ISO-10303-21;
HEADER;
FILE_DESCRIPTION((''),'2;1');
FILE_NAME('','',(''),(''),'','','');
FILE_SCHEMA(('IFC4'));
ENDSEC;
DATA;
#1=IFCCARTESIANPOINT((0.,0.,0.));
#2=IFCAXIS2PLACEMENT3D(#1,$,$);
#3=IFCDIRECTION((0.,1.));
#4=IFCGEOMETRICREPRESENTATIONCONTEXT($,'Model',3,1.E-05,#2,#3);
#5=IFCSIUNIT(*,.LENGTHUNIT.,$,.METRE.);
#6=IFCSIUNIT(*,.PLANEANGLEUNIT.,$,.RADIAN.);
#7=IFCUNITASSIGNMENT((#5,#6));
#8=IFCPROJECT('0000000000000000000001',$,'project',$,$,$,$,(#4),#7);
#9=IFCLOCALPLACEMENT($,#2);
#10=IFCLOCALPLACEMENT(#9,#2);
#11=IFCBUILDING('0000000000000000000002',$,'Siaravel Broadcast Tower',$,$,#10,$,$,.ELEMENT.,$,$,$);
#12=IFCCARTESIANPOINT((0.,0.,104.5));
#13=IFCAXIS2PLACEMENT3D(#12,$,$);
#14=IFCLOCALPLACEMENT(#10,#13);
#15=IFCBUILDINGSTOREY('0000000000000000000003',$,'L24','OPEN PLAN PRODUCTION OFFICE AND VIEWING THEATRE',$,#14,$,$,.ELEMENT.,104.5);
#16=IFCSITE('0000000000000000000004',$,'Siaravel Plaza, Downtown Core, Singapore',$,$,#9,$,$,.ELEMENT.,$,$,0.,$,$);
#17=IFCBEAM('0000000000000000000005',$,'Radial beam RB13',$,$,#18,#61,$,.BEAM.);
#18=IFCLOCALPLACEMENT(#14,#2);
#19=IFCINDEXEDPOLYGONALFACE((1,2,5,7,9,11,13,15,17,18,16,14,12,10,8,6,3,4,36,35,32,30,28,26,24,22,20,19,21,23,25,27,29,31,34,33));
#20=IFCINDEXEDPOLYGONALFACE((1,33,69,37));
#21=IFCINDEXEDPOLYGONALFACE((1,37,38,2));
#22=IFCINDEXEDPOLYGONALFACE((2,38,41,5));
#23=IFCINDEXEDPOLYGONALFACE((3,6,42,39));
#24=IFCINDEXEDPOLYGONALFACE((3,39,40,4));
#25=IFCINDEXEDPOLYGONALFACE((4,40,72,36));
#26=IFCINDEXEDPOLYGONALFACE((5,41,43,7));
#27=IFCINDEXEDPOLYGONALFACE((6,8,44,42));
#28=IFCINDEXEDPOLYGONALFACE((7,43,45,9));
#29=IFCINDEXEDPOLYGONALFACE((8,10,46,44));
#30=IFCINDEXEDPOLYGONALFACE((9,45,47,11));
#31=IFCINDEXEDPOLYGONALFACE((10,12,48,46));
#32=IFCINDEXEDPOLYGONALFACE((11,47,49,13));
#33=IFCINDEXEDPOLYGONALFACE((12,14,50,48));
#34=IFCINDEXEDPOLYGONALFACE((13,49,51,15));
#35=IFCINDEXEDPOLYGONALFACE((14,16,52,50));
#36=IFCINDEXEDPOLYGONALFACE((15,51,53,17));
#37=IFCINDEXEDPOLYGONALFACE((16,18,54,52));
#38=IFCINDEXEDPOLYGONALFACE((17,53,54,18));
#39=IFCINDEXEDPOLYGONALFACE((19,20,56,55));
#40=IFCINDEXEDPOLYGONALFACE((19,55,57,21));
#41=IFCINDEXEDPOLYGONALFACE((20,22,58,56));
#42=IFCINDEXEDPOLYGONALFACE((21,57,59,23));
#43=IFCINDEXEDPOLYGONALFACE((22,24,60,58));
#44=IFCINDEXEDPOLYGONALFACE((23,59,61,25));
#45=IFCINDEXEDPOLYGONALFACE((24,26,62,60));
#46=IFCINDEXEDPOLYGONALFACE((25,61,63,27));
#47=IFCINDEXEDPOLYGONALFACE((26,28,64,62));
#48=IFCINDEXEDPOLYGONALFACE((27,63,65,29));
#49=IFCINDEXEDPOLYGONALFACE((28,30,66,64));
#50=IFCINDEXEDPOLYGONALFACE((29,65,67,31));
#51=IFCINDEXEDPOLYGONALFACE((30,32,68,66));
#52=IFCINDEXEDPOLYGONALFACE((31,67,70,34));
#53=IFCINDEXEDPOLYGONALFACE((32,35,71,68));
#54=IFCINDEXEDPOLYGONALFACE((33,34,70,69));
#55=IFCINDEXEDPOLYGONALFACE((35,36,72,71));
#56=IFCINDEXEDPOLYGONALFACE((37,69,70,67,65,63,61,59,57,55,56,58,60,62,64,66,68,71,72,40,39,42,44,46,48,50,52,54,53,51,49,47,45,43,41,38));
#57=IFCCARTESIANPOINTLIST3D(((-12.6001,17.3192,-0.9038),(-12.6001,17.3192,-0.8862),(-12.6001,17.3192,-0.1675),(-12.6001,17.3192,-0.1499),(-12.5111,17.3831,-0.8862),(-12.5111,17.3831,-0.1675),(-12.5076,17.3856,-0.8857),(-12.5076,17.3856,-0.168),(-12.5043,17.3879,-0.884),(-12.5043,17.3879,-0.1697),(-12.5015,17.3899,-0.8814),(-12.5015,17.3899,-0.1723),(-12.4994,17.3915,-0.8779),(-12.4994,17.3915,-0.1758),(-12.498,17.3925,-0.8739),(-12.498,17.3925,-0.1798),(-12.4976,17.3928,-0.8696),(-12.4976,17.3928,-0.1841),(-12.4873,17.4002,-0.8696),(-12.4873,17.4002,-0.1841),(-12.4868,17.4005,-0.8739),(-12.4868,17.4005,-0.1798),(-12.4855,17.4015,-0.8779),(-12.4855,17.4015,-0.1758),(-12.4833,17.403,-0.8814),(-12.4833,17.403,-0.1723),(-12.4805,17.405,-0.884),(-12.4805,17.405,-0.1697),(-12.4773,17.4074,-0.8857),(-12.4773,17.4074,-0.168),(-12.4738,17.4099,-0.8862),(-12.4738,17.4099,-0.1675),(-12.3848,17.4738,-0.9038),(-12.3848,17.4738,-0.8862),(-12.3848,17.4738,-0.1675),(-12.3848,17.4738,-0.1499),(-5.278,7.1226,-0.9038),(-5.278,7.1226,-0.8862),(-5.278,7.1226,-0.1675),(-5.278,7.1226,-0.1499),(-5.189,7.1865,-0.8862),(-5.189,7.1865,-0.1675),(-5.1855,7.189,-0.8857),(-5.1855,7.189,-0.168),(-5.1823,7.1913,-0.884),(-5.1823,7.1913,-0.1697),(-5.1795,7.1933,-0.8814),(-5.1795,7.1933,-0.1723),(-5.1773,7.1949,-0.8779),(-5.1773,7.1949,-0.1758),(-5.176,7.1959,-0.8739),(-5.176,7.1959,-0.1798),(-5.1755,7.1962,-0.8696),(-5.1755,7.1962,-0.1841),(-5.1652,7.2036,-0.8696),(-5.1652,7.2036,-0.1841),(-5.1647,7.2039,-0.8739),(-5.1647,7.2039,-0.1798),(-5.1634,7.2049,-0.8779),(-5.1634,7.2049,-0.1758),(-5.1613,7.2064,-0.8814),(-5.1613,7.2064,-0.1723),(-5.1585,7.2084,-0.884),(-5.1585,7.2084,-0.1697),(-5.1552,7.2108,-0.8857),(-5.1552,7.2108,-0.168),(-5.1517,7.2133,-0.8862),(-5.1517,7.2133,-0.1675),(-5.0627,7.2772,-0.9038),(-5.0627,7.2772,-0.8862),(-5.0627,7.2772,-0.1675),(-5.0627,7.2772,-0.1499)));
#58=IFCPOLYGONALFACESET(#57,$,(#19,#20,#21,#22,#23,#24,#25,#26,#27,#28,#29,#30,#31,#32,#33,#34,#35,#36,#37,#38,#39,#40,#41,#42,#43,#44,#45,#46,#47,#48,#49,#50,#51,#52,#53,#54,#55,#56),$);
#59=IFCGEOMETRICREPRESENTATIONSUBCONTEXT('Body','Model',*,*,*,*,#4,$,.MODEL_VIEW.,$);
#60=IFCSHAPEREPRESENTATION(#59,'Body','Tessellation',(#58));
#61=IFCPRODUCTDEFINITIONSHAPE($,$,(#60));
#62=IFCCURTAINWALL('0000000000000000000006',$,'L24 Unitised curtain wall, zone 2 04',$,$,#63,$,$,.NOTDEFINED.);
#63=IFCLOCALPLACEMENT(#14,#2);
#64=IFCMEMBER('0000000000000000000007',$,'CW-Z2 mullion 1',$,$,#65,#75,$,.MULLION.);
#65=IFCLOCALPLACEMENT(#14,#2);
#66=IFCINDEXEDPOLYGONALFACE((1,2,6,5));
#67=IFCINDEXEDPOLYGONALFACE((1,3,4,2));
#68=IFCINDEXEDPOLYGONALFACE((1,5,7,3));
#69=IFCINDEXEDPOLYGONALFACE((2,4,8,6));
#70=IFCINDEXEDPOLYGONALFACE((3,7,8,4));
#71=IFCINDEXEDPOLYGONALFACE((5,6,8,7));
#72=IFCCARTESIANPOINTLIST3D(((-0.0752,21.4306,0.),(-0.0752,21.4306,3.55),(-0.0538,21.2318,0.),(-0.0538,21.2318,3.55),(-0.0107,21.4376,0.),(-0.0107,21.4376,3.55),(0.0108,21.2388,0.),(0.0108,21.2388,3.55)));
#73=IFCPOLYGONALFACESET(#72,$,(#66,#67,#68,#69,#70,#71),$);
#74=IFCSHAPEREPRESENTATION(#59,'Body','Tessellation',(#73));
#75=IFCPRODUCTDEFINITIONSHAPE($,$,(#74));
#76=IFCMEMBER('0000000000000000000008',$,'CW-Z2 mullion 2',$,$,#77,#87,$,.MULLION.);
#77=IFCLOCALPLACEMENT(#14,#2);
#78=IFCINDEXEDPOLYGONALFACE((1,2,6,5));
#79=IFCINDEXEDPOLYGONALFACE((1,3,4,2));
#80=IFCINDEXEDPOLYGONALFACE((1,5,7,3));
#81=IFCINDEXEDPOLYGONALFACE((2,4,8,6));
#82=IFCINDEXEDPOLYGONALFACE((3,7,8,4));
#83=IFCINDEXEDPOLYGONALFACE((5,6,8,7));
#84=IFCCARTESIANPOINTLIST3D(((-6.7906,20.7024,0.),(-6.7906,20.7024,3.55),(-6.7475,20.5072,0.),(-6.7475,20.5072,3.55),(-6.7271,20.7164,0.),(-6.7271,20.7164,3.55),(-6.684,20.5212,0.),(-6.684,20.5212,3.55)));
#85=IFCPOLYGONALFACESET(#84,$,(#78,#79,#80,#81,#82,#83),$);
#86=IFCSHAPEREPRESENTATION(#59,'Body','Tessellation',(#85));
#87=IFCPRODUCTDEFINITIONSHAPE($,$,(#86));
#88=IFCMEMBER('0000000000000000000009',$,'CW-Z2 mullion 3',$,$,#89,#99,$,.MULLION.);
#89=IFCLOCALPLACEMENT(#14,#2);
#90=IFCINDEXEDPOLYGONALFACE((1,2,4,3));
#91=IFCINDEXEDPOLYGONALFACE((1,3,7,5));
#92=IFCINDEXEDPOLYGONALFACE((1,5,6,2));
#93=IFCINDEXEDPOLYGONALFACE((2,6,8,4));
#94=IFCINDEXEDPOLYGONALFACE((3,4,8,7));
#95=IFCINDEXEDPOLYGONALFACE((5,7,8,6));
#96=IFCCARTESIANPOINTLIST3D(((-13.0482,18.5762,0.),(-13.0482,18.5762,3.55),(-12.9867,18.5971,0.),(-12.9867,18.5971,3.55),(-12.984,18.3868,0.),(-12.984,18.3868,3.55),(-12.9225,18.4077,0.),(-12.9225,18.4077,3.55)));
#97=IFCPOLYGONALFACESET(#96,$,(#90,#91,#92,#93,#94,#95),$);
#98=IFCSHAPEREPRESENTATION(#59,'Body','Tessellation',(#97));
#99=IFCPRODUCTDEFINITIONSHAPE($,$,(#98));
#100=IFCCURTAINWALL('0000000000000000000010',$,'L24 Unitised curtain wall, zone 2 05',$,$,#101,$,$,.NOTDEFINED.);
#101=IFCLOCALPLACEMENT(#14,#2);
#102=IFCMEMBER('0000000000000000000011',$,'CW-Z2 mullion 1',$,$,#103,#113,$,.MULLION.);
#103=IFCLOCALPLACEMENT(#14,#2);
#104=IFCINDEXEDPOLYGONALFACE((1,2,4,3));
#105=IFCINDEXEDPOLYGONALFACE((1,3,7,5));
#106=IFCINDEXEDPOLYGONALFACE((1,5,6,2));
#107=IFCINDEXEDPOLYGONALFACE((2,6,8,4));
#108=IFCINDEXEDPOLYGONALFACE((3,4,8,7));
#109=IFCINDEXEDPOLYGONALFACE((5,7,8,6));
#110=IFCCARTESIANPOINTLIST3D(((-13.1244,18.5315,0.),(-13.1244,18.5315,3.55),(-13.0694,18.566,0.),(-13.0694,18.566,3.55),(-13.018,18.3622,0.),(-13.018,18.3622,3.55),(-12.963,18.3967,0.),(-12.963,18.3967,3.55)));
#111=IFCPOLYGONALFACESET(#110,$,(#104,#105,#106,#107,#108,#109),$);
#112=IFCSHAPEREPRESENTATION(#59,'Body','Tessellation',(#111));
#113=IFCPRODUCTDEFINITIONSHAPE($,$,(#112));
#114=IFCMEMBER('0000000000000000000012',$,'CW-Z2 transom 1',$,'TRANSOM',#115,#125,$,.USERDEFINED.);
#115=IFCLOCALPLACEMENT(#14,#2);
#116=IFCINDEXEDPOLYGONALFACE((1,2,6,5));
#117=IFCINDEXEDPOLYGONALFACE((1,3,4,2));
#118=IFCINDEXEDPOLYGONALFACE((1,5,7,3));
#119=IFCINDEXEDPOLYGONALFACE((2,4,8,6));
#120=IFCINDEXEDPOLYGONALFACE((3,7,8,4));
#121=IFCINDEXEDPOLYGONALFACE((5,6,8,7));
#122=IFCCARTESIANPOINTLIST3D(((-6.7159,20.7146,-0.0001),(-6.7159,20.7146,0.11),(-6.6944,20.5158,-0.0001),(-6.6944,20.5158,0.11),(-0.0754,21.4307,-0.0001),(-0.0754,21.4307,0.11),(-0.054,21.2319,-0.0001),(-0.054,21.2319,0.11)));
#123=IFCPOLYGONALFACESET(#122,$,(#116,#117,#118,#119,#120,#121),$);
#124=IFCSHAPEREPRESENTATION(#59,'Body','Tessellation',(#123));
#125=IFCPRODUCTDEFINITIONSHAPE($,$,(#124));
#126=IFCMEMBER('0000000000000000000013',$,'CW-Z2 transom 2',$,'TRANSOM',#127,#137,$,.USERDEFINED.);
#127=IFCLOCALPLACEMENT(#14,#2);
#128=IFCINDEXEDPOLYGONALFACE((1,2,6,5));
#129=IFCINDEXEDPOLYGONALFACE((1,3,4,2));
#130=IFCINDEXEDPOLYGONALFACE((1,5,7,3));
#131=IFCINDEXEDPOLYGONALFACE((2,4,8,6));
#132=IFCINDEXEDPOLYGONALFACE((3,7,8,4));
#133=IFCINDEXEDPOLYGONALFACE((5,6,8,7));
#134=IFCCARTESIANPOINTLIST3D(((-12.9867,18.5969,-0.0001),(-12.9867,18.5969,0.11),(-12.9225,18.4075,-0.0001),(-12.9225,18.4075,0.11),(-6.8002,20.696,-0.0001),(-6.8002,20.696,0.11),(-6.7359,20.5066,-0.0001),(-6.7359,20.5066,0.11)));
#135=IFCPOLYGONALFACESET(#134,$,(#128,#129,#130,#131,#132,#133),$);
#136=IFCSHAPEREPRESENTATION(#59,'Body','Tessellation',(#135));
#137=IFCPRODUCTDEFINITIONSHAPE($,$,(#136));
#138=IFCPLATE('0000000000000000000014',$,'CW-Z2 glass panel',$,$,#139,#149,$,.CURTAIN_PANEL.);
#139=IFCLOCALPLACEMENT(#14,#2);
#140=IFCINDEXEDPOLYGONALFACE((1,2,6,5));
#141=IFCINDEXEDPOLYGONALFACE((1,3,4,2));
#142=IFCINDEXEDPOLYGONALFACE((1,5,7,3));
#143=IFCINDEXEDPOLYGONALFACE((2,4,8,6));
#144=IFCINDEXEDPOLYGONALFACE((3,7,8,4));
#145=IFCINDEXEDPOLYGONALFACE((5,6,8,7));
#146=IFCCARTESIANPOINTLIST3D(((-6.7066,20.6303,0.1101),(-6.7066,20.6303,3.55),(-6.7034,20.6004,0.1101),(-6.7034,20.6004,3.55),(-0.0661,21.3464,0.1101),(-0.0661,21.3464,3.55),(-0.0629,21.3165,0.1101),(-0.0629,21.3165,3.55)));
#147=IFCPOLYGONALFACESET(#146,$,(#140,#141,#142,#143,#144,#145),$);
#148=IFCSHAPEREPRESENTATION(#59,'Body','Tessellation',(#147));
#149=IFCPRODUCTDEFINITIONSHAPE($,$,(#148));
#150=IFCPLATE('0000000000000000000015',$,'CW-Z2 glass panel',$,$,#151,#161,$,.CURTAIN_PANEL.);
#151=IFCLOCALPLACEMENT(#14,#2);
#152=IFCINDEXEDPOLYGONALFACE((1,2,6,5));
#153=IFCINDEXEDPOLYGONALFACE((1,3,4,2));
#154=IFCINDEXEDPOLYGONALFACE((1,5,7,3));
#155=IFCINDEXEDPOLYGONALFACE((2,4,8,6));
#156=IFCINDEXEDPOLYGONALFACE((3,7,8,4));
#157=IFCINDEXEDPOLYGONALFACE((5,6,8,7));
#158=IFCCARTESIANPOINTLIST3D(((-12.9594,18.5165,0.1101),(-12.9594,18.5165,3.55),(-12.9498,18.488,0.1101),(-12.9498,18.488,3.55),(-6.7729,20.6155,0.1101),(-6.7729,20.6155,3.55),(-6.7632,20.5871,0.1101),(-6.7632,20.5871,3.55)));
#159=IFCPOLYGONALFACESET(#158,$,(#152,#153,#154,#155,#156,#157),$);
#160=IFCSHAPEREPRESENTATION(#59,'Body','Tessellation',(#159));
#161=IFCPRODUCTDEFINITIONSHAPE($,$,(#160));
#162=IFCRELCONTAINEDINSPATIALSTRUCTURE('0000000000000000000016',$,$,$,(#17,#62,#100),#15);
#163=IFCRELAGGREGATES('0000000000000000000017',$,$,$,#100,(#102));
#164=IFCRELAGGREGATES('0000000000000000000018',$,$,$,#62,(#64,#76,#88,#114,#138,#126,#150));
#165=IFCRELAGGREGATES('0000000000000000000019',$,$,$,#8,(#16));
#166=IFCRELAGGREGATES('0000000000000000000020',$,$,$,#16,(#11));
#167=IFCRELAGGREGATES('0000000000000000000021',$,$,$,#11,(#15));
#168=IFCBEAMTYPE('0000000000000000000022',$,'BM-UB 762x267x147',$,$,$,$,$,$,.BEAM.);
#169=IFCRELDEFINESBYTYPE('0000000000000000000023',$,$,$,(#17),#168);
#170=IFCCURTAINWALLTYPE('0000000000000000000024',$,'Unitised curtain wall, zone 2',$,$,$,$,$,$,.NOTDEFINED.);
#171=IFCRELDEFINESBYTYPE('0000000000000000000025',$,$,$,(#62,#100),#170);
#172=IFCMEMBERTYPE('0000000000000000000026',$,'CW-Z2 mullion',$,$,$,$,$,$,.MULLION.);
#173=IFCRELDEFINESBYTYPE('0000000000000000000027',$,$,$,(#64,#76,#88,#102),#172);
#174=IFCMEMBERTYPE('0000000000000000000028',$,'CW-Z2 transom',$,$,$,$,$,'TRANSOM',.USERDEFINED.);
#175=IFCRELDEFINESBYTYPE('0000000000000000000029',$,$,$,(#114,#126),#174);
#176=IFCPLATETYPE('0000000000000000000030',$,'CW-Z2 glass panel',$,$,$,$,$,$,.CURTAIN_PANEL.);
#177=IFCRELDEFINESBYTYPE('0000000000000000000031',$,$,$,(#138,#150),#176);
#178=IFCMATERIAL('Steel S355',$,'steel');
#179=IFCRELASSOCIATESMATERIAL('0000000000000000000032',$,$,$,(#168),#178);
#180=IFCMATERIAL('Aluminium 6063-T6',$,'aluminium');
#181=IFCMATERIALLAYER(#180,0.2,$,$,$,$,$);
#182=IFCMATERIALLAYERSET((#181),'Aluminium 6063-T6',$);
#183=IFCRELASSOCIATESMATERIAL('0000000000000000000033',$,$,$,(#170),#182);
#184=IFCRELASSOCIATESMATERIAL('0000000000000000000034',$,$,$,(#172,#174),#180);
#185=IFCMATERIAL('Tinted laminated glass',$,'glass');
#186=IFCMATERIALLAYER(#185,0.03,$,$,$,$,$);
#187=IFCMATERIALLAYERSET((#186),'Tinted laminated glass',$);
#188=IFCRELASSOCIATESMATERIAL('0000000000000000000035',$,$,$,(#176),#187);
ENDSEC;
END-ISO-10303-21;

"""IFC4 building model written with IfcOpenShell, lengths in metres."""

from ifc_helpers import new_model, si_unit, direction, frame, origin, origin_2d, place, context, subcontext, project, spatial, rectangle, i_section, extrude, material, layer, layer_set, material_profile, profile_set, type_object, element, aggregate, save


model = new_model("IFC4")

# Units and contexts
model_context = context("Model", 3, precision=1e-05, world=origin(), true_north=direction((0.0, 1.0)))
body_context = subcontext(model_context, "Body", "Model", "MODEL_VIEW")
ifc_project = project(units=[si_unit("LENGTHUNIT", "METRE"), si_unit("PLANEANGLEUNIT", "RADIAN")], contexts=[model_context])

# Site, building, storey
site_placement = place(None, origin())
site = spatial("IfcSite", under=ifc_project, at=site_placement, Name="Siaravel Plaza, Downtown Core, Singapore", CompositionType="ELEMENT", RefElevation=0.0)
building_placement = place(site_placement, origin())
building = spatial("IfcBuilding", under=site, at=building_placement, Name="Siaravel Broadcast Tower", CompositionType="ELEMENT")
storey_placement = place(building_placement, frame((0.0, 0.0, 104.5)))
storey = spatial("IfcBuildingStorey", under=building, at=storey_placement, Name="L24", Description="OPEN PLAN PRODUCTION OFFICE AND VIEWING THEATRE", CompositionType="ELEMENT", Elevation=104.5)

# Beam
ifc_material_1 = material(Name="Steel S355", Category="steel")
ifc_material_profile_1 = material_profile(ifc_material_1, i_section(OverallWidth=0.2651, OverallDepth=0.7539, WebThickness=0.0127, FlangeThickness=0.0176, FilletRadius=0.0166, at=origin_2d()))
ifc_profile_set_1 = profile_set([ifc_material_profile_1], Name="Steel S355")
beam_type = type_object("IfcBeamType", Name="BM-UB 762x267x147", PredefinedType="BEAM", material=ifc_profile_set_1)
beam_1_placement = place(storey_placement, frame((-12.4924, 17.3965, -0.5269), z_axis=(0.583282, -0.81227, 0.0), x_axis=(0.81227, 0.583282, 0.0)))
element("IfcBeam", 1, at=beam_1_placement, inside=storey, type_object=beam_type, Name="Radial beam RB13", PredefinedType="BEAM", context=body_context, shape_type="SweptSolid", body=[
    extrude(i_section(OverallWidth=0.2651, OverallDepth=0.7539, WebThickness=0.0127, FlangeThickness=0.0176, FilletRadius=0.0166, at=origin_2d()), origin(), (0.0, 0.0, 1.0), 12.5532),
])

# Curtain wall, members
ifc_material_2 = material(Name="Aluminium 6063-T6", Category="aluminium")
ifc_layer_1 = layer(ifc_material_2, 0.2)
ifc_layer_set_1 = layer_set([ifc_layer_1], Name="Aluminium 6063-T6")
curtain_wall_type = type_object("IfcCurtainWallType", Name="Unitised curtain wall, zone 2", PredefinedType="NOTDEFINED", material=ifc_layer_set_1)
curtain_wall_1_placement = place(storey_placement, origin())
curtain_wall_1 = element("IfcCurtainWall", 2, at=curtain_wall_1_placement, inside=storey, type_object=curtain_wall_type, Name="L24 Unitised curtain wall, zone 2 04", PredefinedType="NOTDEFINED")
ifc_material_profile_2 = material_profile(ifc_material_2, rectangle(XDim=0.2, YDim=0.0649, at=origin_2d()))
ifc_profile_set_2 = profile_set([ifc_material_profile_2], Name="Aluminium 6063-T6")
member_type_1 = type_object("IfcMemberType", Name="CW-Z2 mullion", PredefinedType="MULLION", material=ifc_profile_set_2)
member_1_placement = place(storey_placement, frame((-0.0322, 21.3347, 0.0), z_axis=(0.0, 0.0, 1.0), x_axis=(0.107217, -0.994236, 0.0)))
member_1 = element("IfcMember", 3, at=member_1_placement, type_object=member_type_1, Name="CW-Z2 mullion 1", PredefinedType="MULLION", context=body_context, shape_type="SweptSolid", body=[
    extrude(rectangle(XDim=0.2, YDim=0.0649, at=origin_2d()), origin(), (0.0, 0.0, 1.0), 3.55),
])
member_2_placement = place(storey_placement, frame((-6.7373, 20.6118, 0.0), z_axis=(0.0, 0.0, 1.0), x_axis=(0.215558, -0.976491, 0.0)))
member_2 = element("IfcMember", 4, at=member_2_placement, type_object=member_type_1, Name="CW-Z2 mullion 2", PredefinedType="MULLION", context=body_context, shape_type="SweptSolid", body=[
    extrude(rectangle(XDim=0.2, YDim=0.0649, at=origin_2d()), origin(), (0.0, 0.0, 1.0), 3.55),
])
member_3_placement = place(storey_placement, frame((-12.9854, 18.4919, 0.0), z_axis=(0.0, 0.0, 1.0), x_axis=(0.3213, -0.946977, 0.0)))
member_3 = element("IfcMember", 5, at=member_3_placement, type_object=member_type_1, Name="CW-Z2 mullion 3", PredefinedType="MULLION", context=body_context, shape_type="SweptSolid", body=[
    extrude(rectangle(XDim=0.2, YDim=0.0649, at=origin_2d()), origin(), (0.0, 0.0, 1.0), 3.55),
])

# Curtain wall, member
curtain_wall_2_placement = place(storey_placement, origin())
curtain_wall_2 = element("IfcCurtainWall", 6, at=curtain_wall_2_placement, inside=storey, type_object=curtain_wall_type, Name="L24 Unitised curtain wall, zone 2 05", PredefinedType="NOTDEFINED")
member_4_placement = place(storey_placement, frame((-13.0437, 18.4641, 0.0), z_axis=(0.0, 0.0, 1.0), x_axis=(0.532149, -0.846651, 0.0)))
member_4 = element("IfcMember", 7, at=member_4_placement, type_object=member_type_1, Name="CW-Z2 mullion 1", PredefinedType="MULLION", context=body_context, shape_type="SweptSolid", body=[
    extrude(rectangle(XDim=0.2, YDim=0.0649, at=origin_2d()), origin(), (0.0, 0.0, 1.0), 3.55),
])
aggregate(curtain_wall_2, [member_4])

# Members
ifc_material_profile_3 = material_profile(ifc_material_2, rectangle(XDim=0.2, YDim=0.1101, at=origin_2d()))
ifc_profile_set_3 = profile_set([ifc_material_profile_3], Name="Aluminium 6063-T6")
member_type_2 = type_object("IfcMemberType", Name="CW-Z2 transom", ElementType="TRANSOM", PredefinedType="USERDEFINED", material=ifc_profile_set_3)
member_5_placement = place(storey_placement, frame((-0.0647, 21.3313, 0.0549), z_axis=(-0.994236, -0.107213, 0.0), x_axis=(0.107213, -0.994236, 0.0)))
member_5 = element("IfcMember", 8, at=member_5_placement, type_object=member_type_2, Name="CW-Z2 transom 1", ObjectType="TRANSOM", PredefinedType="USERDEFINED", context=body_context, shape_type="SweptSolid", body=[
    extrude(rectangle(XDim=0.2, YDim=0.1101, at=origin_2d()), origin(), (0.0, 0.0, 1.0), 6.679),
])
member_6_placement = place(storey_placement, frame((-6.7681, 20.6013, 0.0549), z_axis=(-0.946973, -0.321313, 0.0), x_axis=(0.321313, -0.946973, 0.0)))
member_6 = element("IfcMember", 9, at=member_6_placement, type_object=member_type_2, Name="CW-Z2 transom 2", ObjectType="TRANSOM", PredefinedType="USERDEFINED", context=body_context, shape_type="SweptSolid", body=[
    extrude(rectangle(XDim=0.2, YDim=0.1101, at=origin_2d()), origin(), (0.0, 0.0, 1.0), 6.533),
])

# Plates
ifc_material_3 = material(Name="Tinted laminated glass", Category="glass")
ifc_layer_2 = layer(ifc_material_3, 0.03)
ifc_layer_set_2 = layer_set([ifc_layer_2], Name="Tinted laminated glass")
plate_type = type_object("IfcPlateType", Name="CW-Z2 glass panel", PredefinedType="CURTAIN_PANEL", material=ifc_layer_set_2)
plate_1_placement = place(storey_placement, frame((-3.3848, 20.9734, 0.1101), z_axis=(0.0, 0.0, 1.0), x_axis=(-0.994236, -0.107217, 0.0)))
plate_1 = element("IfcPlate", 10, at=plate_1_placement, type_object=plate_type, Name="CW-Z2 glass panel", PredefinedType="CURTAIN_PANEL", context=body_context, shape_type="SweptSolid", body=[
    extrude(rectangle(XDim=6.679, YDim=0.03, at=origin_2d()), origin(), (0.0, 0.0, 1.0), 3.4399),
])
plate_2_placement = place(storey_placement, frame((-9.8613, 19.5518, 0.1101), z_axis=(0.0, 0.0, 1.0), x_axis=(-0.946977, -0.3213, 0.0)))
plate_2 = element("IfcPlate", 11, at=plate_2_placement, type_object=plate_type, Name="CW-Z2 glass panel", PredefinedType="CURTAIN_PANEL", context=body_context, shape_type="SweptSolid", body=[
    extrude(rectangle(XDim=6.533, YDim=0.03, at=origin_2d()), origin(), (0.0, 0.0, 1.0), 3.4399),
])
aggregate(curtain_wall_1, [member_1, member_2, member_3, member_5, plate_1, member_6, plate_2])

save(model, "model.ifc")
